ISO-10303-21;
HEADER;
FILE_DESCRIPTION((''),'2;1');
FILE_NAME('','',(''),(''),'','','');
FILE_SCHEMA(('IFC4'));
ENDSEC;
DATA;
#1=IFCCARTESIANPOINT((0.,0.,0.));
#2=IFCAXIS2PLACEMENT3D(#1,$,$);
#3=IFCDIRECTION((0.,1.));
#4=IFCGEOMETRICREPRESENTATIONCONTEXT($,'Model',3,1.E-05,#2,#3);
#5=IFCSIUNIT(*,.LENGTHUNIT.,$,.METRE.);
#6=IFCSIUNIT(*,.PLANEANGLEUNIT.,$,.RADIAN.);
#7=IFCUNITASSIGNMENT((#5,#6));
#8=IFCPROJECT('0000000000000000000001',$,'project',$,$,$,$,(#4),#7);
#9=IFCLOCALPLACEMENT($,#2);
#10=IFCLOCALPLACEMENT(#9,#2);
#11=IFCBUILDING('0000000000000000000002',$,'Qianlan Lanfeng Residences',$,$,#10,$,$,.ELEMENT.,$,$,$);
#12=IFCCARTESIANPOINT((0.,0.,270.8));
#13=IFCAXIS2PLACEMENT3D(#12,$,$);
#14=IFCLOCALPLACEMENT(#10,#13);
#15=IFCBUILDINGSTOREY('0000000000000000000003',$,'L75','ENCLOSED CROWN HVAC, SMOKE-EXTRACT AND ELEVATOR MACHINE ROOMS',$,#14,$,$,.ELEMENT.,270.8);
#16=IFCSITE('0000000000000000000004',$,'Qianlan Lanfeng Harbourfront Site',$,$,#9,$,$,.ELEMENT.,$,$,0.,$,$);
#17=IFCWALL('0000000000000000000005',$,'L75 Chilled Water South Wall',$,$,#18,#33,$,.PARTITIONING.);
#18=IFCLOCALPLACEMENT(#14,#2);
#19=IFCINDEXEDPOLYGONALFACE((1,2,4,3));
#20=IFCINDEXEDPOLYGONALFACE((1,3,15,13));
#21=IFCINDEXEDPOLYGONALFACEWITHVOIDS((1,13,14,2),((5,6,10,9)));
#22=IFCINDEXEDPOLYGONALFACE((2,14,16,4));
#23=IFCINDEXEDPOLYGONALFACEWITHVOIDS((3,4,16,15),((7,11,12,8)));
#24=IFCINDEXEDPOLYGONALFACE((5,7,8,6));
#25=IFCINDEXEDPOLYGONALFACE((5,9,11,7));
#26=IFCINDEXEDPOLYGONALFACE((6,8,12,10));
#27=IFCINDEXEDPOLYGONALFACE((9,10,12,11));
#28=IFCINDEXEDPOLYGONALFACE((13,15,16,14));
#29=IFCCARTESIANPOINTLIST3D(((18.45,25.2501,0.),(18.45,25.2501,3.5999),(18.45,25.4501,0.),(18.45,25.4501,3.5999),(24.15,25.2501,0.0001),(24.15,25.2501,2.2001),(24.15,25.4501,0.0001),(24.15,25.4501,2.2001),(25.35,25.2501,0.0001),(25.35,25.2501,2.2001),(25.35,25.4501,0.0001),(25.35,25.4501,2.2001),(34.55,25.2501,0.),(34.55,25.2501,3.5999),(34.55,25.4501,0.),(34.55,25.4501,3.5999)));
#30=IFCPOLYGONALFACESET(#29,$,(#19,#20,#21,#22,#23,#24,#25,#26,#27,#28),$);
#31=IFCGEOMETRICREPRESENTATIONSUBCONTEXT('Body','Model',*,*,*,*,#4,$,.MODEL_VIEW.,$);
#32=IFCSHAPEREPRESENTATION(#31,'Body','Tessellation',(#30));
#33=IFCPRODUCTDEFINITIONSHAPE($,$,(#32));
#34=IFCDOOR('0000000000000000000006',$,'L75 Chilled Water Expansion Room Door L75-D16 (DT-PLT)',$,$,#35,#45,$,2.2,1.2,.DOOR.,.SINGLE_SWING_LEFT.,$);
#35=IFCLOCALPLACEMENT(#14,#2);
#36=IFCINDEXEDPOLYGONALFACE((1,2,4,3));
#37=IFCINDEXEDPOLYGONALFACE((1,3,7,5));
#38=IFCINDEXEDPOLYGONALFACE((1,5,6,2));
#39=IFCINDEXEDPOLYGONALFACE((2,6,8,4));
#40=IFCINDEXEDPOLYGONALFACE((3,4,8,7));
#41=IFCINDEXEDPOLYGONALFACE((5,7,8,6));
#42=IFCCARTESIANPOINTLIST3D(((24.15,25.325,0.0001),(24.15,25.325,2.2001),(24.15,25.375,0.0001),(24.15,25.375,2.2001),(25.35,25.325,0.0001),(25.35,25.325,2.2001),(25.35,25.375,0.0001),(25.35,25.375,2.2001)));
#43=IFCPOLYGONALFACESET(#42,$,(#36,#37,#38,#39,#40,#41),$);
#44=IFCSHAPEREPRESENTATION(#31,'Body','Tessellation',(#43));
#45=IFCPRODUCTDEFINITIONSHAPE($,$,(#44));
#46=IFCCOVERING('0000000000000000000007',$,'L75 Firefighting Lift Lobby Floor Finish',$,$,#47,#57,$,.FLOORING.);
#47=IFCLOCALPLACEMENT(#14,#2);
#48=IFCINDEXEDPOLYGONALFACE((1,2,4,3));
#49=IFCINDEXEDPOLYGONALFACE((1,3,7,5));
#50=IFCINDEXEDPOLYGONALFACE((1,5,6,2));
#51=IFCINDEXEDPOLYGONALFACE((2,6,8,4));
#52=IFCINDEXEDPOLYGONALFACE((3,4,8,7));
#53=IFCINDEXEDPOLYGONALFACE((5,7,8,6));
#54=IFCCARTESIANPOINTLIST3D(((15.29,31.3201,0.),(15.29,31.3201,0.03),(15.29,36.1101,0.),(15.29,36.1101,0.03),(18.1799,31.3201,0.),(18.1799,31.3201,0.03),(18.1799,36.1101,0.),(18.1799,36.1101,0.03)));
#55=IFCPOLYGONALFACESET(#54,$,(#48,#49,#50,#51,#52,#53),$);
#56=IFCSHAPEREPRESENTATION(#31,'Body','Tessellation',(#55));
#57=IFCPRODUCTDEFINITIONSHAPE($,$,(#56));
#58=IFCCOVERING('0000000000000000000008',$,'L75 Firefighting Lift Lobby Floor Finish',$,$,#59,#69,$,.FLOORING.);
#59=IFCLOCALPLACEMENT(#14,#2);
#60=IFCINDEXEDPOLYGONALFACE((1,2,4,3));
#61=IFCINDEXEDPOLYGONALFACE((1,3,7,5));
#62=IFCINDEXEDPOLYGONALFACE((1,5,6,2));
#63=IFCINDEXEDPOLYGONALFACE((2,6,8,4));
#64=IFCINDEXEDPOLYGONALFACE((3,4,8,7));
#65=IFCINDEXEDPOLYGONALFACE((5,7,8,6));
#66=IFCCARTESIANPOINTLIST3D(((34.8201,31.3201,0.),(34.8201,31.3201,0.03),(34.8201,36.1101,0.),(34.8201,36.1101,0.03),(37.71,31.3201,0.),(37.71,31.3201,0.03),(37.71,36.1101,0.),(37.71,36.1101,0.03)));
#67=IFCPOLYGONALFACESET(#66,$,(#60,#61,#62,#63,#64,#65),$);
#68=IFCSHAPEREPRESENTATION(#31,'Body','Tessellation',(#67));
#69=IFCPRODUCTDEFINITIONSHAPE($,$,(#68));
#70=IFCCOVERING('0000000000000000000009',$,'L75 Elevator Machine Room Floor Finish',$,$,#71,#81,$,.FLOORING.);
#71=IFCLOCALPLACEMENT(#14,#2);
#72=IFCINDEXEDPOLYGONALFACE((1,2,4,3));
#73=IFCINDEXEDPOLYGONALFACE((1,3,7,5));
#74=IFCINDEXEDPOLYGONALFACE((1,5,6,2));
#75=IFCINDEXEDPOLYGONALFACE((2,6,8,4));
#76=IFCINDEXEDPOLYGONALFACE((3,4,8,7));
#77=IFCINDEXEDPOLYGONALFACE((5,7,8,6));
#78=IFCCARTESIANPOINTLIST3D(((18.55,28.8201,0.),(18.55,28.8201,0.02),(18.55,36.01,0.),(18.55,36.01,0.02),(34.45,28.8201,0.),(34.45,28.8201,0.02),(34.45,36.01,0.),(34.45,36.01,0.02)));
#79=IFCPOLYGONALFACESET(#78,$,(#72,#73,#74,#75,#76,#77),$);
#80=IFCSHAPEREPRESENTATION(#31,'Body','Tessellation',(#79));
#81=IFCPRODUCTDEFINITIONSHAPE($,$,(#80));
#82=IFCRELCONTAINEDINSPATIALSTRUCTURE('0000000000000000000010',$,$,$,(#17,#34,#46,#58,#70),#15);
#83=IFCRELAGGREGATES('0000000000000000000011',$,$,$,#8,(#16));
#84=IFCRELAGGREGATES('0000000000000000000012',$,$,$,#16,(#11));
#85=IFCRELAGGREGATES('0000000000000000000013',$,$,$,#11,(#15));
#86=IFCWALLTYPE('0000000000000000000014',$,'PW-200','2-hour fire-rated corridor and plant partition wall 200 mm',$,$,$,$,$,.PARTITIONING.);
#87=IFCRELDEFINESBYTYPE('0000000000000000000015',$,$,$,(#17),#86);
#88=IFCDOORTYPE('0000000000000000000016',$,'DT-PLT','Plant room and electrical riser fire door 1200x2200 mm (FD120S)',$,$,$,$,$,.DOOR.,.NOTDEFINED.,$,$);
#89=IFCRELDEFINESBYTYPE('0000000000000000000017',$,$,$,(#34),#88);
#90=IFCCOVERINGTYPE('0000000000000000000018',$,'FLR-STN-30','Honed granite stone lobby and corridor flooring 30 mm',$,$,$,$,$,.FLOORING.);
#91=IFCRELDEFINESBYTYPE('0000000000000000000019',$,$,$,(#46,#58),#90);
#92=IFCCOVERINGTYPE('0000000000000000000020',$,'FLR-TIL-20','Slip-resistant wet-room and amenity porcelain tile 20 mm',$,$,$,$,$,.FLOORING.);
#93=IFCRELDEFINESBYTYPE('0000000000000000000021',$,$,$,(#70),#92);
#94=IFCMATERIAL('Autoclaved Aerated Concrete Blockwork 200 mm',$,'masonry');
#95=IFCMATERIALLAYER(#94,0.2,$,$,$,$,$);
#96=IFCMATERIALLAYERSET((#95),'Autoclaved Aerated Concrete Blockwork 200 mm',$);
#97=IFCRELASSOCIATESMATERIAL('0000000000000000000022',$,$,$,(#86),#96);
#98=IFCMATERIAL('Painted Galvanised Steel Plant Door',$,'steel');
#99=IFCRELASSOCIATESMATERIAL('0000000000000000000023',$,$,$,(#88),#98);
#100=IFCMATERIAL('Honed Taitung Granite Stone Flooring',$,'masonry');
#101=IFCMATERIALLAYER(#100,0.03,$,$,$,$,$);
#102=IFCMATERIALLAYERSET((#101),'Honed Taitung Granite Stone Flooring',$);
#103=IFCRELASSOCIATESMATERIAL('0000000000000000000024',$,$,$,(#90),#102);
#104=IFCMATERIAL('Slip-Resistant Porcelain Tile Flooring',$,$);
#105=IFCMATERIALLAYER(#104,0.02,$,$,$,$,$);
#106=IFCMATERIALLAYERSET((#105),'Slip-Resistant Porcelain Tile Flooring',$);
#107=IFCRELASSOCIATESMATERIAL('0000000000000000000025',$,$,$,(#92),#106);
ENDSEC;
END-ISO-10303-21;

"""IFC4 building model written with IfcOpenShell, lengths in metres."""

from ifc_helpers import new_model, si_unit, direction, frame, frame_2d, origin, place, context, subcontext, project, spatial, polyline, rectangle, outline, extrude, material, layer, layer_set, type_object, element, fill, save


model = new_model("IFC4")

# Units and contexts
model_context = context("Model", 3, precision=1e-05, world=origin(), true_north=direction((0.0, 1.0)))
body_context = subcontext(model_context, "Body", "Model", "MODEL_VIEW")
ifc_project = project(units=[si_unit("LENGTHUNIT", "METRE"), si_unit("PLANEANGLEUNIT", "RADIAN")], contexts=[model_context])

# Site, building, storey
site_placement = place(None, origin())
site = spatial("IfcSite", under=ifc_project, at=site_placement, Name="Qianlan Lanfeng Harbourfront Site", CompositionType="ELEMENT", RefElevation=0.0)
building_placement = place(site_placement, origin())
building = spatial("IfcBuilding", under=site, at=building_placement, Name="Qianlan Lanfeng Residences", CompositionType="ELEMENT")
storey_placement = place(building_placement, frame((0.0, 0.0, 270.8)))
storey = spatial("IfcBuildingStorey", under=building, at=storey_placement, Name="L75", Description="ENCLOSED CROWN HVAC, SMOKE-EXTRACT AND ELEVATOR MACHINE ROOMS", CompositionType="ELEMENT", Elevation=270.8)

# Shared definitions
ifc_material_1 = material(Name="Autoclaved Aerated Concrete Blockwork 200 mm", Category="masonry")
ifc_layer_1 = layer(ifc_material_1, 0.2)
ifc_layer_set_1 = layer_set([ifc_layer_1], Name="Autoclaved Aerated Concrete Blockwork 200 mm")
wall_type_1 = type_object("IfcWallType", Name="PW-200", Description="2-hour fire-rated corridor and plant partition wall 200 mm", PredefinedType="PARTITIONING", material=ifc_layer_set_1)
ifc_material_2 = material(Name="Painted Galvanised Steel Plant Door", Category="steel")
door_type_1 = type_object("IfcDoorType", Name="DT-PLT", Description="Plant room and electrical riser fire door 1200x2200 mm (FD120S)", OperationType="NOTDEFINED", PredefinedType="DOOR", material=ifc_material_2)

# Wall, opening, door
wall_1_placement = place(storey_placement, frame((18.45, 25.3501, 0.0), z_axis=(0.0, 0.0, 1.0), x_axis=(1.0, 0.0, 0.0)))
wall_1 = element("IfcWall", 1, at=wall_1_placement, inside=storey, type_object=wall_type_1, Name="L75 Chilled Water South Wall", PredefinedType="PARTITIONING", context=body_context, shape_type="SweptSolid", body=[
    extrude(rectangle(XDim=16.1001, YDim=0.2, at=frame_2d((8.05, 0.0))), origin(), (0.0, 0.0, 1.0), 3.5999),
])
opening_1_placement = place(wall_1_placement, frame((5.7, 0.0, 0.0)))
opening_1 = element("IfcOpeningElement", 2, at=opening_1_placement, cuts=wall_1, PredefinedType="OPENING", context=body_context, shape_type="SweptSolid", body=[
    extrude(rectangle(XDim=1.2, YDim=2.2, at=frame_2d((0.6001, 1.1001))), frame((0.0, 0.1099, 0.0), z_axis=(0.0, -1.0, 0.0), x_axis=(1.0, 0.0, 0.0)), (0.0, 0.0, 1.0), 0.22),
])
door_1_placement = place(opening_1_placement, origin())
door_1 = element("IfcDoor", 3, at=door_1_placement, inside=storey, type_object=door_type_1, Name="L75 Chilled Water Expansion Room Door L75-D16 (DT-PLT)", OperationType="SINGLE_SWING_LEFT", OverallHeight=2.2, OverallWidth=1.2, PredefinedType="DOOR", context=body_context, shape_type="SweptSolid", body=[
    extrude(rectangle(XDim=1.2, YDim=2.2, at=frame_2d((0.6001, 1.1001))), frame((0.0, 0.0249, 0.0), z_axis=(0.0, -1.0, 0.0), x_axis=(1.0, 0.0, 0.0)), (0.0, 0.0, 1.0), 0.05),
])
fill(opening_1, door_1)

# Coverings
ifc_material_3 = material(Name="Honed Taitung Granite Stone Flooring", Category="masonry")
ifc_layer_2 = layer(ifc_material_3, 0.03)
ifc_layer_set_2 = layer_set([ifc_layer_2], Name="Honed Taitung Granite Stone Flooring")
covering_type_1 = type_object("IfcCoveringType", Name="FLR-STN-30", Description="Honed granite stone lobby and corridor flooring 30 mm", PredefinedType="FLOORING", material=ifc_layer_set_2)
covering_1_placement = place(storey_placement, origin())
element("IfcCovering", 4, at=covering_1_placement, inside=storey, type_object=covering_type_1, Name="L75 Firefighting Lift Lobby Floor Finish", PredefinedType="FLOORING", context=body_context, shape_type="SweptSolid", body=[
    extrude(outline(polyline([(15.29, 31.3201), (18.1799, 31.3201), (18.1799, 36.1101), (15.29, 36.1101), (15.29, 31.3201)])), origin(), (0.0, 0.0, 1.0), 0.03),
])
covering_2_placement = place(storey_placement, origin())
element("IfcCovering", 5, at=covering_2_placement, inside=storey, type_object=covering_type_1, Name="L75 Firefighting Lift Lobby Floor Finish", PredefinedType="FLOORING", context=body_context, shape_type="SweptSolid", body=[
    extrude(outline(polyline([(34.8201, 31.3201), (37.71, 31.3201), (37.71, 36.1101), (34.8201, 36.1101), (34.8201, 31.3201)])), origin(), (0.0, 0.0, 1.0), 0.03),
])
ifc_material_4 = material(Name="Slip-Resistant Porcelain Tile Flooring")
ifc_layer_3 = layer(ifc_material_4, 0.02)
ifc_layer_set_3 = layer_set([ifc_layer_3], Name="Slip-Resistant Porcelain Tile Flooring")
covering_type_2 = type_object("IfcCoveringType", Name="FLR-TIL-20", Description="Slip-resistant wet-room and amenity porcelain tile 20 mm", PredefinedType="FLOORING", material=ifc_layer_set_3)
covering_3_placement = place(storey_placement, origin())
element("IfcCovering", 6, at=covering_3_placement, inside=storey, type_object=covering_type_2, Name="L75 Elevator Machine Room Floor Finish", PredefinedType="FLOORING", context=body_context, shape_type="SweptSolid", body=[
    extrude(outline(polyline([(18.55, 28.8201), (34.45, 28.8201), (34.45, 36.01), (18.55, 36.01), (18.55, 28.8201)])), origin(), (0.0, 0.0, 1.0), 0.02),
])

save(model, "model.ifc")
